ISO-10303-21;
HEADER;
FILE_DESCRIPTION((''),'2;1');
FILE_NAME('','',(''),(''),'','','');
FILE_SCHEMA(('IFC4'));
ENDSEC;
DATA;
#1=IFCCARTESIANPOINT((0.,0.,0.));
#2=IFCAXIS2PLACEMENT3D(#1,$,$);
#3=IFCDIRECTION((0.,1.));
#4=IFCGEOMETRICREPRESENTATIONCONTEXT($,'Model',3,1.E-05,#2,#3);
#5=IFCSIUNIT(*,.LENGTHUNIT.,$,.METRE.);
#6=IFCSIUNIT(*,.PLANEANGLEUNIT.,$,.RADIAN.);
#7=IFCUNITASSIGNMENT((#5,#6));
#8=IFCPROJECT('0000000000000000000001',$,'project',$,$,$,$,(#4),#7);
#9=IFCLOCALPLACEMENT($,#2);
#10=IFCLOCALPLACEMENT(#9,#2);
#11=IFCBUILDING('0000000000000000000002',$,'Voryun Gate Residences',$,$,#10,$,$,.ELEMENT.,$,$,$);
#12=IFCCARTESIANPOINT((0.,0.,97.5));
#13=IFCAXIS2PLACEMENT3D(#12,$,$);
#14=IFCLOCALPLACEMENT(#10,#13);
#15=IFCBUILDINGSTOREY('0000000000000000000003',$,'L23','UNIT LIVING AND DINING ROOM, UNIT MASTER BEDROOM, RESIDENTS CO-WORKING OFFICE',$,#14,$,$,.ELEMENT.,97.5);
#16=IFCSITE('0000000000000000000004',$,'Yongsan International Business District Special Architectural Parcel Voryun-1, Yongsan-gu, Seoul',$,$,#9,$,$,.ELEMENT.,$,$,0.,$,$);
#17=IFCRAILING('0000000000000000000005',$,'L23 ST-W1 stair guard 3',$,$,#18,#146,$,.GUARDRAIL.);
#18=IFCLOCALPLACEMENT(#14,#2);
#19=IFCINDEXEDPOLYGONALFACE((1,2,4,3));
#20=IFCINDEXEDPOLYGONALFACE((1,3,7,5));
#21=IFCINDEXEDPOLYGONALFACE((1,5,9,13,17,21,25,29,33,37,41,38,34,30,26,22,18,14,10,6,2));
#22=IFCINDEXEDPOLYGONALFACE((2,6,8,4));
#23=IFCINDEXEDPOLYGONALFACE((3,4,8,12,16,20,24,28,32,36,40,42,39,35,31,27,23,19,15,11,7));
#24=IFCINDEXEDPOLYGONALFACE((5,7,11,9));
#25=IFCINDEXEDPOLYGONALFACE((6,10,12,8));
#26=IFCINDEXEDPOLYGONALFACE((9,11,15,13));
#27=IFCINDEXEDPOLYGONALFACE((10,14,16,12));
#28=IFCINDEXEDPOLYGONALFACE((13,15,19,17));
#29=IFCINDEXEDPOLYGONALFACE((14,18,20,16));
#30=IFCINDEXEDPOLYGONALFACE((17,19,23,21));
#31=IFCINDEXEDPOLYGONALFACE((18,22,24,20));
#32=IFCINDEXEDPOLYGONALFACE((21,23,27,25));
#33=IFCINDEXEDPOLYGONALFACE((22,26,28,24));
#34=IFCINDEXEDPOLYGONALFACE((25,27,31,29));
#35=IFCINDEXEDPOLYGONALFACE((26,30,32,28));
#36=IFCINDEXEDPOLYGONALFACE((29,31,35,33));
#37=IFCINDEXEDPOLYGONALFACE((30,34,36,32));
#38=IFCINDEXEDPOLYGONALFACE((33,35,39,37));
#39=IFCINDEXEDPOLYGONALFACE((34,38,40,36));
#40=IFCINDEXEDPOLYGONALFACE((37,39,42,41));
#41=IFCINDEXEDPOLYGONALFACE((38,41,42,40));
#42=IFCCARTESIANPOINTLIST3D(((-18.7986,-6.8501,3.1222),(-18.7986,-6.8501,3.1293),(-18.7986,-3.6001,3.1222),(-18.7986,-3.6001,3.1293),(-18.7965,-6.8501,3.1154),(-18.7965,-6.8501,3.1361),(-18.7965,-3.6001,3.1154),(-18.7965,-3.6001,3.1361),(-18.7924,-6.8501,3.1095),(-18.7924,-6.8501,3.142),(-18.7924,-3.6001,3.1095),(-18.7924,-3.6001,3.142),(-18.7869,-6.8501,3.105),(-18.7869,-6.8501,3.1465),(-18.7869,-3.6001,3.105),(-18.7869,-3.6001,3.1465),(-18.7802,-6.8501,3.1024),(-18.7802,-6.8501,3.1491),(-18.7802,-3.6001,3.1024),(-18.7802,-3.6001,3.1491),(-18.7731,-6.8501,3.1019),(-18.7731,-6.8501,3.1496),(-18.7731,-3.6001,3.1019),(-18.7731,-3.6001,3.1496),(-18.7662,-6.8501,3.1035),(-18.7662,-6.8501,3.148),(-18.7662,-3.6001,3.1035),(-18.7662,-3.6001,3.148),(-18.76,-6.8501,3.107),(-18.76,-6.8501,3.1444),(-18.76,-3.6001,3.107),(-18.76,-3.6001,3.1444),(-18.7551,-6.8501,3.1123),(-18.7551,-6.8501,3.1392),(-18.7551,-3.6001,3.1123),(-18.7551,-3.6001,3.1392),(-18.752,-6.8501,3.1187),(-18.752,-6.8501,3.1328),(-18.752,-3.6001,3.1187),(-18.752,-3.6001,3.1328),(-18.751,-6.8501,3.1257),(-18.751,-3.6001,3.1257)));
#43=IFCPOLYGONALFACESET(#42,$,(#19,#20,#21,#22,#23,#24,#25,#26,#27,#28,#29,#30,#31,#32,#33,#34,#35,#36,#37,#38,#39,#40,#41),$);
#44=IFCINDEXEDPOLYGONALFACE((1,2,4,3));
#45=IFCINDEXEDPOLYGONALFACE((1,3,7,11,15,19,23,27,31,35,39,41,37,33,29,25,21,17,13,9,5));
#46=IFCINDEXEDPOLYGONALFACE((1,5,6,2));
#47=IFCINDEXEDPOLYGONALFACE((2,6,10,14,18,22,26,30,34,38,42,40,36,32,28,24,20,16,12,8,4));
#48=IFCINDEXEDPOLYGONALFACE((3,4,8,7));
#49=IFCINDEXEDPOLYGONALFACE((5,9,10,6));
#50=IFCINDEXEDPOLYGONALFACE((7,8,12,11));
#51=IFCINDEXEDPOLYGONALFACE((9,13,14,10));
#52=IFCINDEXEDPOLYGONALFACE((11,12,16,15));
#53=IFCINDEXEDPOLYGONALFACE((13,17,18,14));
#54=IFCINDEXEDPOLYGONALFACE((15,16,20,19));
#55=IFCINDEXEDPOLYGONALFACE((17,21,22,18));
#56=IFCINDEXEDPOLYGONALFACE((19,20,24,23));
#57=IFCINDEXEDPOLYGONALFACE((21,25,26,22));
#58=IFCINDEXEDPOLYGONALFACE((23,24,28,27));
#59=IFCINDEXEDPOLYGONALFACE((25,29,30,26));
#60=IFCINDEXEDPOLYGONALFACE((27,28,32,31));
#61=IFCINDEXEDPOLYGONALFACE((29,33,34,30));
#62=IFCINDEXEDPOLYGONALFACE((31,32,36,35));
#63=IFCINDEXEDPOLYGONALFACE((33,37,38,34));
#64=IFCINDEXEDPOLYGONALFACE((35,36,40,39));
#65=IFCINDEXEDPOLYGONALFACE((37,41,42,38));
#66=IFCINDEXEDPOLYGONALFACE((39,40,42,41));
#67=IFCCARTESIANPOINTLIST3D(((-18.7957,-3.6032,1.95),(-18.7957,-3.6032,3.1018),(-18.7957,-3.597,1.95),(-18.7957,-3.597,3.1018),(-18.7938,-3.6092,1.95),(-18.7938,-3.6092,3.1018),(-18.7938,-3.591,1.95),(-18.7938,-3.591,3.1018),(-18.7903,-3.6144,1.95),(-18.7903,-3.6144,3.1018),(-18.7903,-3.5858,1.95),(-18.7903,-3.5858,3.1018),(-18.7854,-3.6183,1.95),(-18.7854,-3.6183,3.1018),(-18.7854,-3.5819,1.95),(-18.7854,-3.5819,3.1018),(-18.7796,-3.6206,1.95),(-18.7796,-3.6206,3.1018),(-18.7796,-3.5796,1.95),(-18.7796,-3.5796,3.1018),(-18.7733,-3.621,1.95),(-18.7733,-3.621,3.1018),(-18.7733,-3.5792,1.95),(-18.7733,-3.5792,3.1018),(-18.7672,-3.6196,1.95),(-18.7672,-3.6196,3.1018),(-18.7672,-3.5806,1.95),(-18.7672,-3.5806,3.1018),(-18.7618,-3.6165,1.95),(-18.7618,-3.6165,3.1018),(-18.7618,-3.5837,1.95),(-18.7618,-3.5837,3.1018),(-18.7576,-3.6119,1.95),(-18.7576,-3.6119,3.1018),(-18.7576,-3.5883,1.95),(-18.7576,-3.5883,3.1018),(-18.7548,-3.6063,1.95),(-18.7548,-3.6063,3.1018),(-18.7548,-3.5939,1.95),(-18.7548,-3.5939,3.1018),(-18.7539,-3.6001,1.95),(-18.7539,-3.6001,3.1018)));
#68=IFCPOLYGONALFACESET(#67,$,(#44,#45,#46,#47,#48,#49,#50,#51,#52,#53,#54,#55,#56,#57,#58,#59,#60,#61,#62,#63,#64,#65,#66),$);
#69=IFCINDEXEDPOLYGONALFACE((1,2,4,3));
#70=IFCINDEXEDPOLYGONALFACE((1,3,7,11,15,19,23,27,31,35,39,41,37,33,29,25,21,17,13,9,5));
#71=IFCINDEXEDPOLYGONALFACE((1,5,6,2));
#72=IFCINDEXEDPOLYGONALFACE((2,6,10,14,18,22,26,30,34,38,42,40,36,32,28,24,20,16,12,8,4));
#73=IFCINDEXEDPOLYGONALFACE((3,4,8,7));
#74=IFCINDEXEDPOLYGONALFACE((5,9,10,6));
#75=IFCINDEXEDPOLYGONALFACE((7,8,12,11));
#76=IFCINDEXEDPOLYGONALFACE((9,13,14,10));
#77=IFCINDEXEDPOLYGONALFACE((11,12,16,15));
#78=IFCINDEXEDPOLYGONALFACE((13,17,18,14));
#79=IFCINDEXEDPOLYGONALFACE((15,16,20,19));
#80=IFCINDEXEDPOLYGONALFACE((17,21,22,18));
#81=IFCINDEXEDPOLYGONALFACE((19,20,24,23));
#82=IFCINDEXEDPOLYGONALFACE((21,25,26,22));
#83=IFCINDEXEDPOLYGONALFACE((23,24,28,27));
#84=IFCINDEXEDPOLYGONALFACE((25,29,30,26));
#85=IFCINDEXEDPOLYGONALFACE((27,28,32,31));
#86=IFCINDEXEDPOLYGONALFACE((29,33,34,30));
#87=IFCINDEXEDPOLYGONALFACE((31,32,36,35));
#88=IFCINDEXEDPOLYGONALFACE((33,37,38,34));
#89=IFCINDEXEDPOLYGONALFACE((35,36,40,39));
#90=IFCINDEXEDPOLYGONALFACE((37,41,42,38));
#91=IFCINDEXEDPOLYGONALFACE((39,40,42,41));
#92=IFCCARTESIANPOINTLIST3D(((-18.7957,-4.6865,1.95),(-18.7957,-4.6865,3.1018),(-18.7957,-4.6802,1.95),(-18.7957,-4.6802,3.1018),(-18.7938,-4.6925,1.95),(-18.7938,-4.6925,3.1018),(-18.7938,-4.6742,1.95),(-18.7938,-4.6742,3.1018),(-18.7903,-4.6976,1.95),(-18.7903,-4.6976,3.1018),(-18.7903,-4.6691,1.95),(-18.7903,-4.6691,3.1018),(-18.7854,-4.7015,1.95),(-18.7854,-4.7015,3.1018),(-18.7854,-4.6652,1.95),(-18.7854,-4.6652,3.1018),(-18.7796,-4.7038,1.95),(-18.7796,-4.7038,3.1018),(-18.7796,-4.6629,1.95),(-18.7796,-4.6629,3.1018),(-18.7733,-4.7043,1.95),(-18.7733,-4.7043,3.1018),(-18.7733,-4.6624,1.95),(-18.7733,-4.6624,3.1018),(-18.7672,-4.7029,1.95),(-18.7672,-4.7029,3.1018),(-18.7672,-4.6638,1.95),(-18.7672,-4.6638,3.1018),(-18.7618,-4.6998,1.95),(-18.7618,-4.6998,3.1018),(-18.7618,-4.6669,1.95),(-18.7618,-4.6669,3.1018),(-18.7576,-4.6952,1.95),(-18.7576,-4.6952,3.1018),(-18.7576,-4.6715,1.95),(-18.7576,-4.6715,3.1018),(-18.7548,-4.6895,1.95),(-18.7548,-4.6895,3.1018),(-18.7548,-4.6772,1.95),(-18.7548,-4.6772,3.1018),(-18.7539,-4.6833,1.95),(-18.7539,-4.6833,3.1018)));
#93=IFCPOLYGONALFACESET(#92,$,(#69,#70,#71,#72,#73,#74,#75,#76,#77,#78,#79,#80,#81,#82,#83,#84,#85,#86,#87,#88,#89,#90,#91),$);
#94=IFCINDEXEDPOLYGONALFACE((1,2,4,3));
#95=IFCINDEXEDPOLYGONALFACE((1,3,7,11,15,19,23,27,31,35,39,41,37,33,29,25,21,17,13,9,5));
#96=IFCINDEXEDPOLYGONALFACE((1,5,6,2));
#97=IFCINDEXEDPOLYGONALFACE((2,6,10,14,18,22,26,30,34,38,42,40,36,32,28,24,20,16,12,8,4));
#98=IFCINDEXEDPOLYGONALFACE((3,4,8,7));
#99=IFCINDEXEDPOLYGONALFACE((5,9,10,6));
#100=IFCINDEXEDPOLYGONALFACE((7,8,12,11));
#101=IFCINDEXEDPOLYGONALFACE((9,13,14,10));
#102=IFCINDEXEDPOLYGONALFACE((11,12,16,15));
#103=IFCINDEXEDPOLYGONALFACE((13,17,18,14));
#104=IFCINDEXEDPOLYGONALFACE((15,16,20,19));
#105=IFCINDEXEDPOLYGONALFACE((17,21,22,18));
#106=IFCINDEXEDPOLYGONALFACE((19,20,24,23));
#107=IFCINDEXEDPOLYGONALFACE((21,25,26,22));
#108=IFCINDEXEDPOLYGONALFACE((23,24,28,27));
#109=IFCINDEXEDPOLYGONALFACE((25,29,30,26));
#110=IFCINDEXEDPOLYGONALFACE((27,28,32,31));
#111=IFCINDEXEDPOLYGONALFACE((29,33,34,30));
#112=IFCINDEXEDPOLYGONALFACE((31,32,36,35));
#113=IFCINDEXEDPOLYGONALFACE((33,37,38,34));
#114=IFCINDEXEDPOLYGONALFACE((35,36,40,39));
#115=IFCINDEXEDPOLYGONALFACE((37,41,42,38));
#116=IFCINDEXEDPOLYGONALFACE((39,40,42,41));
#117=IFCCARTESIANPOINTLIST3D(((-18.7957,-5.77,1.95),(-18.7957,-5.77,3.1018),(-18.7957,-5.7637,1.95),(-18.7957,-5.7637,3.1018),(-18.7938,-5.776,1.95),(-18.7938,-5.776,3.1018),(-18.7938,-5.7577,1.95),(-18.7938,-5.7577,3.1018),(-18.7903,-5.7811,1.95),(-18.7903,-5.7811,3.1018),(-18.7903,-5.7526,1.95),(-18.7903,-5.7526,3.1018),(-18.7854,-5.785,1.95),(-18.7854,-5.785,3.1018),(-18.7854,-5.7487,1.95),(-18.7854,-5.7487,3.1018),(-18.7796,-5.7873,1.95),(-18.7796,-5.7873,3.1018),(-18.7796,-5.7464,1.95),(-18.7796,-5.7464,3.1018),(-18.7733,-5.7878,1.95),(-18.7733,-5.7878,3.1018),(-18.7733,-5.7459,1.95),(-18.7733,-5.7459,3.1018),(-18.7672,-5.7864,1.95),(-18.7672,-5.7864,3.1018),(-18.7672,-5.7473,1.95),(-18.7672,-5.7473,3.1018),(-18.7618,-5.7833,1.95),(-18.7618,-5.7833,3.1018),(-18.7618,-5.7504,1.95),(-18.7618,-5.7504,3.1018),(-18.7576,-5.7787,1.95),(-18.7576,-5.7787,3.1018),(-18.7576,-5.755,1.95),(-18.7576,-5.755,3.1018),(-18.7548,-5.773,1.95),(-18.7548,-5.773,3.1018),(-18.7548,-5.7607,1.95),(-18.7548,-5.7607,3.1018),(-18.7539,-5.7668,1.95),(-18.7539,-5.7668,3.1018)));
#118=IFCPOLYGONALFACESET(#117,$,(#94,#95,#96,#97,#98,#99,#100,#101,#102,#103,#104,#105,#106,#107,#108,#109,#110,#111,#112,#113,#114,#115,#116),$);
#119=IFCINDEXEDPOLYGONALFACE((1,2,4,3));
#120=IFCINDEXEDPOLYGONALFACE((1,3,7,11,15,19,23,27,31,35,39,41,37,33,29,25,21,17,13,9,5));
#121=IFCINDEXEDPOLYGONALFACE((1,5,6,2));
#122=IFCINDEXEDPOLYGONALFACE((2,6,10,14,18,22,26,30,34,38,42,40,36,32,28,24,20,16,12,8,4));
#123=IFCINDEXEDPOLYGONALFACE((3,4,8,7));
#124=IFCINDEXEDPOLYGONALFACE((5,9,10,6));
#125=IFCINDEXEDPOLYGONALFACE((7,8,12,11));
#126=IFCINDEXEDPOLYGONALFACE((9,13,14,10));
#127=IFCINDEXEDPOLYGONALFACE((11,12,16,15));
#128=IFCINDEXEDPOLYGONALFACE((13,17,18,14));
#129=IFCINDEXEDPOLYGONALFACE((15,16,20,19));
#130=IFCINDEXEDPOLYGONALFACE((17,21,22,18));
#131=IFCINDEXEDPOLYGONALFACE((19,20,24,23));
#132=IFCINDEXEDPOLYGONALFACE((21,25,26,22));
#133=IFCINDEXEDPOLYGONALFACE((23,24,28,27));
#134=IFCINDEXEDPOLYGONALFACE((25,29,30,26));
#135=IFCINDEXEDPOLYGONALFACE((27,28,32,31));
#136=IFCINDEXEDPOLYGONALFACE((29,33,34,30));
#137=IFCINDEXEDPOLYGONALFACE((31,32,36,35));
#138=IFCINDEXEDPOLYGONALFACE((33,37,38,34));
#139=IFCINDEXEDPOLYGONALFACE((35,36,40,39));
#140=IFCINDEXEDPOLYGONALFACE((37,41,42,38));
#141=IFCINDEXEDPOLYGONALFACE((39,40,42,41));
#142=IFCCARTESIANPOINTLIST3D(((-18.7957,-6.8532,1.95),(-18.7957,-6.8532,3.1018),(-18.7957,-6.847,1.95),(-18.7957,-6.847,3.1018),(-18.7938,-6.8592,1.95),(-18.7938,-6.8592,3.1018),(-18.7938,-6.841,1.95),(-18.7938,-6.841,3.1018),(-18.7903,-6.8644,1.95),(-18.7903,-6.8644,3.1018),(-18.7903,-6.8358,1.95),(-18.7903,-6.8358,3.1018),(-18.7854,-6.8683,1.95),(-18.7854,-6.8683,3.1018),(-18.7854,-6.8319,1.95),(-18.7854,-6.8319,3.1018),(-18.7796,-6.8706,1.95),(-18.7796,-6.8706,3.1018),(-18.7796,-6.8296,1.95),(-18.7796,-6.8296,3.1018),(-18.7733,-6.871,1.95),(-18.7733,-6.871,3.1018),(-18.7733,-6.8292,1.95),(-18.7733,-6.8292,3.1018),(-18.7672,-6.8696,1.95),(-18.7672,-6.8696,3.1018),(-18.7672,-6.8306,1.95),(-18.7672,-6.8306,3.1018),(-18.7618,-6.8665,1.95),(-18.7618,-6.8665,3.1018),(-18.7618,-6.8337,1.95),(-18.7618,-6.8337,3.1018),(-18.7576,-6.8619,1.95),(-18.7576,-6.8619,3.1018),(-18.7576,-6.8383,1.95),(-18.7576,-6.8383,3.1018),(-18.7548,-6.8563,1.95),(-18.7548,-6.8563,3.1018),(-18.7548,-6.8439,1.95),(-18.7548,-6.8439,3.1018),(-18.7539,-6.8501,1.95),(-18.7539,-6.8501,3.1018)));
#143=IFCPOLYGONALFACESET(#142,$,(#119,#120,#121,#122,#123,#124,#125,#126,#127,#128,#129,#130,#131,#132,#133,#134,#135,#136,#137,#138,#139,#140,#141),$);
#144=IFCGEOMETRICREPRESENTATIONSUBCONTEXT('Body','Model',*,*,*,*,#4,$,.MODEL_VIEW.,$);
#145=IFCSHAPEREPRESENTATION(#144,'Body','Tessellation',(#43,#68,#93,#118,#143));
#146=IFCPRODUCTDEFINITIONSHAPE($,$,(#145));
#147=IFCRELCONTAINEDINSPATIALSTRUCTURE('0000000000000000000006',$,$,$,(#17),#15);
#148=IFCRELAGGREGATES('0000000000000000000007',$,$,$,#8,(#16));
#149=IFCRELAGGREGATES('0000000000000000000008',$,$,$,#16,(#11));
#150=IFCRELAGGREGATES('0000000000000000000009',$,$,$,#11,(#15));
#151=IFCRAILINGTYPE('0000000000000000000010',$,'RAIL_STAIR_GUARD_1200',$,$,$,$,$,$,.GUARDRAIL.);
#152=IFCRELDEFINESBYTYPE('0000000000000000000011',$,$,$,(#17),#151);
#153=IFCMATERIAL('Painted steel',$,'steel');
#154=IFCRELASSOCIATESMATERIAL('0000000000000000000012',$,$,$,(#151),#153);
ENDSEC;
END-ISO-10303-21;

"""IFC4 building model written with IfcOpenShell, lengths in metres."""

from ifc_helpers import new_model, si_unit, direction, frame, origin, origin_2d, place, context, subcontext, project, spatial, circle, extrude, material, type_object, element, save


model = new_model("IFC4")

# Units and contexts
model_context = context("Model", 3, precision=1e-05, world=origin(), true_north=direction((0.0, 1.0)))
body_context = subcontext(model_context, "Body", "Model", "MODEL_VIEW")
ifc_project = project(units=[si_unit("LENGTHUNIT", "METRE"), si_unit("PLANEANGLEUNIT", "RADIAN")], contexts=[model_context])

# Site, building, storey
site_placement = place(None, origin())
site = spatial("IfcSite", under=ifc_project, at=site_placement, Name="Yongsan International Business District Special Architectural Parcel Voryun-1, Yongsan-gu, Seoul", CompositionType="ELEMENT", RefElevation=0.0)
building_placement = place(site_placement, origin())
building = spatial("IfcBuilding", under=site, at=building_placement, Name="Voryun Gate Residences", CompositionType="ELEMENT")
storey_placement = place(building_placement, frame((0.0, 0.0, 97.5)))
storey = spatial("IfcBuildingStorey", under=building, at=storey_placement, Name="L23", Description="UNIT LIVING AND DINING ROOM, UNIT MASTER BEDROOM, RESIDENTS CO-WORKING OFFICE", CompositionType="ELEMENT", Elevation=97.5)

# Railing
ifc_material_1 = material(Name="Painted steel", Category="steel")
railing_type = type_object("IfcRailingType", Name="RAIL_STAIR_GUARD_1200", PredefinedType="GUARDRAIL", material=ifc_material_1)
railing_1_placement = place(storey_placement, frame((-18.7749, -3.6001, 1.95)))
element("IfcRailing", 1, at=railing_1_placement, inside=storey, type_object=railing_type, Name="L23 ST-W1 stair guard 3", PredefinedType="GUARDRAIL", context=body_context, shape_type="SweptSolid", body=[
    extrude(circle(Radius=0.0239, at=origin_2d()), frame((0.0, 0.0, 1.1758), z_axis=(0.0, -1.0, 0.0), x_axis=(1.0, 0.0, 0.0)), (0.0, 0.0, 1.0), 3.25),
    extrude(circle(Radius=0.021, at=origin_2d()), origin(), (0.0, 0.0, 1.0), 1.1519),
    extrude(circle(Radius=0.021, at=origin_2d()), frame((0.0, -1.0833, 0.0)), (0.0, 0.0, 1.0), 1.1519),
    extrude(circle(Radius=0.021, at=origin_2d()), frame((0.0, -2.1667, 0.0)), (0.0, 0.0, 1.0), 1.1519),
    extrude(circle(Radius=0.021, at=origin_2d()), frame((0.0, -3.25, 0.0)), (0.0, 0.0, 1.0), 1.1519),
])

save(model, "model.ifc")
